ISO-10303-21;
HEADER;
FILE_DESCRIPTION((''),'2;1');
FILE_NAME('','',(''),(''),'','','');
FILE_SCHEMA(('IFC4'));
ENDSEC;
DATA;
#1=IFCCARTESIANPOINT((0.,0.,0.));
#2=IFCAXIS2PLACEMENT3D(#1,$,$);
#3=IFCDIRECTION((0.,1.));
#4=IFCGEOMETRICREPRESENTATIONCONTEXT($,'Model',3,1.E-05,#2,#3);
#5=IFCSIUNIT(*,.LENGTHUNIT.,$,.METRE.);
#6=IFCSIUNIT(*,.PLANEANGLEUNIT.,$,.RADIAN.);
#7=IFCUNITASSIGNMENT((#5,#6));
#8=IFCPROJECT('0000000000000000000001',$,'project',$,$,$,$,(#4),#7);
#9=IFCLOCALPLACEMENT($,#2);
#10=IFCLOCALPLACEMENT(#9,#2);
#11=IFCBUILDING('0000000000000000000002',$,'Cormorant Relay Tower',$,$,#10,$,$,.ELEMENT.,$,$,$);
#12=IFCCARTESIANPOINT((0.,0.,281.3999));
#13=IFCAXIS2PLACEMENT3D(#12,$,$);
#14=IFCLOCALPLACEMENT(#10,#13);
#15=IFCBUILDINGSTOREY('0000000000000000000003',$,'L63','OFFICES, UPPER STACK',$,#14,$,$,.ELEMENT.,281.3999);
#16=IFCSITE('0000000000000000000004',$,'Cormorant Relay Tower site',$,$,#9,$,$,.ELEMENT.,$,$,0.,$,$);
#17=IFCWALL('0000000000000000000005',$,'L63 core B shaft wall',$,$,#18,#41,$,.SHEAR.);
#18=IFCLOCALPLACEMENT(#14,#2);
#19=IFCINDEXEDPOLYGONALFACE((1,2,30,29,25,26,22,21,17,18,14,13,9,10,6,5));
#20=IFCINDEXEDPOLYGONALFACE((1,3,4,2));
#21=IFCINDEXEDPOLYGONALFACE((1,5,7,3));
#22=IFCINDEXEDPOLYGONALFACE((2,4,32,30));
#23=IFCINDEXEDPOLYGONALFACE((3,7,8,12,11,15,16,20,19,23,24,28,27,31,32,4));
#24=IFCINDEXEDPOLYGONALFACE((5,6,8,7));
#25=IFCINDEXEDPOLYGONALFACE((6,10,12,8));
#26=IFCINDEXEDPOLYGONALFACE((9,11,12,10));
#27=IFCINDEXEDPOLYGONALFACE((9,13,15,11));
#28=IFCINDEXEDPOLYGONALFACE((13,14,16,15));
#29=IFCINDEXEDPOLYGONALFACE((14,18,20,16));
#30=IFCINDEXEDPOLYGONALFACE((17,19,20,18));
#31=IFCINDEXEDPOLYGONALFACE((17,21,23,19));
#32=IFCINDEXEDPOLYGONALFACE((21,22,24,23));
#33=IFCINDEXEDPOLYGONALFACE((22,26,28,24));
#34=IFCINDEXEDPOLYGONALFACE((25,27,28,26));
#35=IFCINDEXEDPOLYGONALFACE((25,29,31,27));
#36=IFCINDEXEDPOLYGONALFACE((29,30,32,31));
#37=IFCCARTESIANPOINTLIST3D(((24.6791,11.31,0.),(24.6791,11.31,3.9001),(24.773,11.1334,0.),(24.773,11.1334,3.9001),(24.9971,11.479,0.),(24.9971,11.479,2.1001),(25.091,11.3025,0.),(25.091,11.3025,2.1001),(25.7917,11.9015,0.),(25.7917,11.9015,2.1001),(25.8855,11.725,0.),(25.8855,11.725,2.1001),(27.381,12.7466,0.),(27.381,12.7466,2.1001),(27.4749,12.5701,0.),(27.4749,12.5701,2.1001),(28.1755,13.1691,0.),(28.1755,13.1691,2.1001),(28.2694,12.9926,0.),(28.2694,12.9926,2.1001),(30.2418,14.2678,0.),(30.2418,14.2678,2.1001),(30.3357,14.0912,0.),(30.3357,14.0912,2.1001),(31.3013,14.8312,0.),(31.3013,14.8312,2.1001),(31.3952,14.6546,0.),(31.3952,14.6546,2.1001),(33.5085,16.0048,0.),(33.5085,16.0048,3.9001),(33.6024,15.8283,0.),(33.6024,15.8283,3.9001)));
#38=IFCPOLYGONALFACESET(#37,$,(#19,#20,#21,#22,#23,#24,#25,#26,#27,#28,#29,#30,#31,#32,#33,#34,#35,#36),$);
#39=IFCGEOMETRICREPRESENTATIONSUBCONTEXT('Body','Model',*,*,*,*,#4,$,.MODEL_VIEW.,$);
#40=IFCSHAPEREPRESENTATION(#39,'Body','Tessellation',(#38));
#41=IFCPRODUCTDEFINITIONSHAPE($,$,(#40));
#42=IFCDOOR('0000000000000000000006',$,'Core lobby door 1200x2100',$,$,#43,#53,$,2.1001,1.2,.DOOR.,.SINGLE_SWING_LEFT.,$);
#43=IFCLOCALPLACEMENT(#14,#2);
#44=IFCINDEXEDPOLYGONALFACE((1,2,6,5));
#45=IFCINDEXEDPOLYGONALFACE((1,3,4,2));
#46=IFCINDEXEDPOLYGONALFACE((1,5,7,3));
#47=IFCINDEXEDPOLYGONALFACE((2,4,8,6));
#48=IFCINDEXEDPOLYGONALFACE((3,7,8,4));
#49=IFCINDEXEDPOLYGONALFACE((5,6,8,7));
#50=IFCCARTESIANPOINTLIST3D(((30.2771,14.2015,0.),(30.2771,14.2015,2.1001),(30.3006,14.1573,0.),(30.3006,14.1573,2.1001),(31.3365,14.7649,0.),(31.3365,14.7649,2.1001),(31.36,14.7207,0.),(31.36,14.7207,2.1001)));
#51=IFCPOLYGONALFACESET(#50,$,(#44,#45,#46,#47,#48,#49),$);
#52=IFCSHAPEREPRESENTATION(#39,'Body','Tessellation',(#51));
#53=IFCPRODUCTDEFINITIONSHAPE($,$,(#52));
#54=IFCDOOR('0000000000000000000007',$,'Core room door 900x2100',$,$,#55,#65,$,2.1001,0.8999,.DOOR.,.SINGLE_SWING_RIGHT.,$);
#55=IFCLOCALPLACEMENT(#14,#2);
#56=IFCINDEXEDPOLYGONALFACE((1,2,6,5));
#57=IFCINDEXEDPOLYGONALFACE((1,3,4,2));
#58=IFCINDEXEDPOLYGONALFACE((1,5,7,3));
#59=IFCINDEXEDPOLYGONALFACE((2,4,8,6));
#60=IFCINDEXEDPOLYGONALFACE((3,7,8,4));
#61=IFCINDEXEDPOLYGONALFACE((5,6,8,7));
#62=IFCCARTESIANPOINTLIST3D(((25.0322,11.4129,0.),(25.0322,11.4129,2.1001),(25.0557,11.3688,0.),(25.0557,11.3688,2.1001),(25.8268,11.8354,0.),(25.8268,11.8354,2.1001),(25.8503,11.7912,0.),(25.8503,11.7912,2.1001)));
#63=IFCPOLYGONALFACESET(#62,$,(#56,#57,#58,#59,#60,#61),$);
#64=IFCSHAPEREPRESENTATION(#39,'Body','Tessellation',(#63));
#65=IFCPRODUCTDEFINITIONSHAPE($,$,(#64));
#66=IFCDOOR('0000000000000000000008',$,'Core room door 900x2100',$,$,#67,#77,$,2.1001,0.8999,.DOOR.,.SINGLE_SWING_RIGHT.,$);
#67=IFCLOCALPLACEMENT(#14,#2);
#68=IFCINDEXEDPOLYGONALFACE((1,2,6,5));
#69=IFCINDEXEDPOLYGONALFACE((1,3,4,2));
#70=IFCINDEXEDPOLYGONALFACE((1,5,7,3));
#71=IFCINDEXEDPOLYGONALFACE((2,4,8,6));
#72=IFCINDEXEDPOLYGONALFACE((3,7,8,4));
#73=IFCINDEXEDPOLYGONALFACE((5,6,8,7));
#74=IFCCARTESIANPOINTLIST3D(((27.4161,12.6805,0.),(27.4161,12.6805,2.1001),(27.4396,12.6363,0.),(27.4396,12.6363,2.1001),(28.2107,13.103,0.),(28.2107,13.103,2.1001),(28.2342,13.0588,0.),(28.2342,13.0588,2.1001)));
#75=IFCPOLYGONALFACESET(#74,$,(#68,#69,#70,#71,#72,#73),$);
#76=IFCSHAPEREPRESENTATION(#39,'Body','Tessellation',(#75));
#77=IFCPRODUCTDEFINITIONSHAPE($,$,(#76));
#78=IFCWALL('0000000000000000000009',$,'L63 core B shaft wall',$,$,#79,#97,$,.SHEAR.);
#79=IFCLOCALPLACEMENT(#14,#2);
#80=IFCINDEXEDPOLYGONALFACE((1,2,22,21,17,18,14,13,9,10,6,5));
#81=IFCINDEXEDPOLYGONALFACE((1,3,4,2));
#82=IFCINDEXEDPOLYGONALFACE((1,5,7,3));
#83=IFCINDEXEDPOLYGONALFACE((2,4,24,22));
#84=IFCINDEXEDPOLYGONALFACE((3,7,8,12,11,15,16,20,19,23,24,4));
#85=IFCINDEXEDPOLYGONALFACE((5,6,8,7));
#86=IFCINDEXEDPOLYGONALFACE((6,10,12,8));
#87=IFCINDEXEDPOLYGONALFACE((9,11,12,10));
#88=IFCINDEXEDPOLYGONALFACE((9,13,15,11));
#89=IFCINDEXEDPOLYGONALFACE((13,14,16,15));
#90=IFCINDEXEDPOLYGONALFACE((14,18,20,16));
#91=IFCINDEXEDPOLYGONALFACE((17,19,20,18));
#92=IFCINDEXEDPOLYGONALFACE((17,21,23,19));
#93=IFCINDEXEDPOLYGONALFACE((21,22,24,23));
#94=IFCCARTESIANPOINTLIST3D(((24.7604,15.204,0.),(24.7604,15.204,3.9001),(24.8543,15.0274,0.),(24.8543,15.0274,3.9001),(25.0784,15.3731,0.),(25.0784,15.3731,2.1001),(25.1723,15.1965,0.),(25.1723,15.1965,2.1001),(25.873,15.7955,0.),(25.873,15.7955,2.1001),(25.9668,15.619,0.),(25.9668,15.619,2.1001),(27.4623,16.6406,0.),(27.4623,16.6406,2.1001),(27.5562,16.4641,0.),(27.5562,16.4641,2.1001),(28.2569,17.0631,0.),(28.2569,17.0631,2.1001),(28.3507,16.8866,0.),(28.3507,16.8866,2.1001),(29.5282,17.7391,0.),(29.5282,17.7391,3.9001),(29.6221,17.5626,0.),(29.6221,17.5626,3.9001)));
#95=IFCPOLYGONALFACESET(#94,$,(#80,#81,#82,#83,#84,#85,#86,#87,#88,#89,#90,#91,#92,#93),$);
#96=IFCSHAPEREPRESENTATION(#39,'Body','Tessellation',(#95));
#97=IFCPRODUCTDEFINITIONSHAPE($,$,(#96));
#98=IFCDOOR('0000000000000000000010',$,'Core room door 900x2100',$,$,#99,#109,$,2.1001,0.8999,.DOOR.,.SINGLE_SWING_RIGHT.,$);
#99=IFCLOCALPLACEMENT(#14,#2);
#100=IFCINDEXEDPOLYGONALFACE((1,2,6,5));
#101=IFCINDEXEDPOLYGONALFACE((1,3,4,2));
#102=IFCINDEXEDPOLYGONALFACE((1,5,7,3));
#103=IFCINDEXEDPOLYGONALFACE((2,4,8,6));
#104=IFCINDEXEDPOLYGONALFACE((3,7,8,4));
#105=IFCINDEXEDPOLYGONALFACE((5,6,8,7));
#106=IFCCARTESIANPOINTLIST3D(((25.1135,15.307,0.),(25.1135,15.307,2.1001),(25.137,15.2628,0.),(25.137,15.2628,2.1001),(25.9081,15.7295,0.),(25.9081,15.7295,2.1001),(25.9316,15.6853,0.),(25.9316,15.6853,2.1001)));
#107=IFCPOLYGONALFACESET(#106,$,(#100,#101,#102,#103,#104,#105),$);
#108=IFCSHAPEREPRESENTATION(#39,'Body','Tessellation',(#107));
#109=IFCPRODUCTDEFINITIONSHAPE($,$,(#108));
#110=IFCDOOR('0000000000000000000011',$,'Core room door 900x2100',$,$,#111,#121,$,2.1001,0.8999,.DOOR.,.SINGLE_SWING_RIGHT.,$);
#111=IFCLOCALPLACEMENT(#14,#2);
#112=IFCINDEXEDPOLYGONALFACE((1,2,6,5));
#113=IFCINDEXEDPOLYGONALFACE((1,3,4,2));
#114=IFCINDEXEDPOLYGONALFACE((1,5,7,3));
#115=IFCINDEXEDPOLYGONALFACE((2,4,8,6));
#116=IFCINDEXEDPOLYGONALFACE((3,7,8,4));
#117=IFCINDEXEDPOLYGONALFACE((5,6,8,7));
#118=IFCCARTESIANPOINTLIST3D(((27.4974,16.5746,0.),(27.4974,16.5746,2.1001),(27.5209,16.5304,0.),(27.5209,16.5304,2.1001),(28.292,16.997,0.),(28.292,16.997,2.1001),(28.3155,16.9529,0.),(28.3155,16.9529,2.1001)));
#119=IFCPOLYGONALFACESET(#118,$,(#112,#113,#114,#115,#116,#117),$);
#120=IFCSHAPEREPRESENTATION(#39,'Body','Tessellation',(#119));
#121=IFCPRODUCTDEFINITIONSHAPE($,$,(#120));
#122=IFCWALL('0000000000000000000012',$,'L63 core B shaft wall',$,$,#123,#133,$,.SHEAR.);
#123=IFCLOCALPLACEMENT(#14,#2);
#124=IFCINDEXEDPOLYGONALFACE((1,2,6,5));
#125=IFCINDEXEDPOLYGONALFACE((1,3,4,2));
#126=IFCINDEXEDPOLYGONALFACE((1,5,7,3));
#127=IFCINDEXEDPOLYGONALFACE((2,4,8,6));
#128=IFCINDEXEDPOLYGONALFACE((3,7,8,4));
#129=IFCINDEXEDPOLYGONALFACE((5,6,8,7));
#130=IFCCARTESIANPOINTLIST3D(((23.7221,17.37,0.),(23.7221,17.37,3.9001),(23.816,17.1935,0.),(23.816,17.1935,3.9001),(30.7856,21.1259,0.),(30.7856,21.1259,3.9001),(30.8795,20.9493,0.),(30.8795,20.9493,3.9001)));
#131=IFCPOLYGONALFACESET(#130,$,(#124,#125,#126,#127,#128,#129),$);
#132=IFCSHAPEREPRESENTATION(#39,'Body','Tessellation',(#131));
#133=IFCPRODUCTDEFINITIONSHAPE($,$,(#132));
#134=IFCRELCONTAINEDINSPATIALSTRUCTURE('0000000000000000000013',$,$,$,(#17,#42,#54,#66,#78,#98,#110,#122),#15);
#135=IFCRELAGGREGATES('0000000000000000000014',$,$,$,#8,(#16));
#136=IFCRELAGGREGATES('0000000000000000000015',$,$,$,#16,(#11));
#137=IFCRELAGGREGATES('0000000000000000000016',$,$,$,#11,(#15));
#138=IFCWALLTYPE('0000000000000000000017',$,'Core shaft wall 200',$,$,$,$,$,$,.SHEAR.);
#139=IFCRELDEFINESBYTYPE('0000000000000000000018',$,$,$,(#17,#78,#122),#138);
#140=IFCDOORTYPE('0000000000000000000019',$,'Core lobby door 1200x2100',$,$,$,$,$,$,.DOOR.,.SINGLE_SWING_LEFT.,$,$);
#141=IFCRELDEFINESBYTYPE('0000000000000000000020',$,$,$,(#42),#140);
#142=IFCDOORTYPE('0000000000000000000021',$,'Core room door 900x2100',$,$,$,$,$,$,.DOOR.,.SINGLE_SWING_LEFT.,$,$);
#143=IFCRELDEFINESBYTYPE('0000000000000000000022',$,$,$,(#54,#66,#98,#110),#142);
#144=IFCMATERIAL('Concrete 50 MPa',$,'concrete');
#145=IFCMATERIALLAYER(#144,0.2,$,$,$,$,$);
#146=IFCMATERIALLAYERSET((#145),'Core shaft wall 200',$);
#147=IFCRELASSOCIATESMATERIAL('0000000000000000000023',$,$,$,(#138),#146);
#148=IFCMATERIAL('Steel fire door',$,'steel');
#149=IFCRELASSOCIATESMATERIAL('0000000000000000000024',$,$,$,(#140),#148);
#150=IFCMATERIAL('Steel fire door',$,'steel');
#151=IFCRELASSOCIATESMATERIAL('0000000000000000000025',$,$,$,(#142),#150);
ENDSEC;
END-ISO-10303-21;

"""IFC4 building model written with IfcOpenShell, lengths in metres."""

from ifc_helpers import new_model, si_unit, direction, frame, frame_2d, origin, place, context, subcontext, project, spatial, rectangle, extrude, material, layer, layer_set, type_object, element, fill, save


model = new_model("IFC4")

# Units and contexts
model_context = context("Model", 3, precision=1e-05, world=origin(), true_north=direction((0.0, 1.0)))
body_context = subcontext(model_context, "Body", "Model", "MODEL_VIEW")
ifc_project = project(units=[si_unit("LENGTHUNIT", "METRE"), si_unit("PLANEANGLEUNIT", "RADIAN")], contexts=[model_context])

# Site, building, storey
site_placement = place(None, origin())
site = spatial("IfcSite", under=ifc_project, at=site_placement, Name="Cormorant Relay Tower site", CompositionType="ELEMENT", RefElevation=0.0)
building_placement = place(site_placement, origin())
building = spatial("IfcBuilding", under=site, at=building_placement, Name="Cormorant Relay Tower", CompositionType="ELEMENT")
storey_placement = place(building_placement, frame((0.0, 0.0, 281.3999)))
storey = spatial("IfcBuildingStorey", under=building, at=storey_placement, Name="L63", Description="OFFICES, UPPER STACK", CompositionType="ELEMENT", Elevation=281.3999)

# Shared definitions
ifc_material_1 = material(Name="Concrete 50 MPa", Category="concrete")
ifc_layer_1 = layer(ifc_material_1, 0.2)
ifc_layer_set_1 = layer_set([ifc_layer_1], Name="Core shaft wall 200")
wall_type_1 = type_object("IfcWallType", Name="Core shaft wall 200", PredefinedType="SHEAR", material=ifc_layer_set_1)

# Walls, openings, doors
wall_1_placement = place(storey_placement, frame((24.7261, 11.2217, 0.0), z_axis=(0.0, 0.0, 1.0), x_axis=(0.88294, 0.469485, 0.0)))
wall_1 = element("IfcWall", 1, at=wall_1_placement, inside=storey, type_object=wall_type_1, Name="L63 core B shaft wall", PredefinedType="SHEAR", context=body_context, shape_type="SweptSolid", body=[
    extrude(rectangle(XDim=10.0, YDim=0.2, at=frame_2d((5.0, 0.0))), origin(), (0.0, 0.0, 1.0), 3.9001),
])
opening_1_placement = place(wall_1_placement, frame((6.3, 0.0, 0.0)))
opening_1 = element("IfcOpeningElement", 2, at=opening_1_placement, cuts=wall_1, PredefinedType="OPENING", context=body_context, shape_type="SweptSolid", body=[
    extrude(rectangle(XDim=1.2, YDim=2.1001, at=frame_2d((0.6001, 1.05))), frame((0.0, 0.1099, 0.0), z_axis=(0.0, -1.0, 0.0), x_axis=(1.0, 0.0, 0.0)), (0.0, 0.0, 1.0), 0.22),
])
opening_2_placement = place(wall_1_placement, frame((0.3601, 0.0, 0.0)))
opening_2 = element("IfcOpeningElement", 3, at=opening_2_placement, cuts=wall_1, PredefinedType="OPENING", context=body_context, shape_type="SweptSolid", body=[
    extrude(rectangle(XDim=0.8999, YDim=2.1001, at=frame_2d((0.45, 1.05))), frame((0.0, 0.1099, 0.0), z_axis=(0.0, -1.0, 0.0), x_axis=(1.0, 0.0, 0.0)), (0.0, 0.0, 1.0), 0.22),
])
opening_3_placement = place(wall_1_placement, frame((3.0601, 0.0, 0.0)))
opening_3 = element("IfcOpeningElement", 4, at=opening_3_placement, cuts=wall_1, PredefinedType="OPENING", context=body_context, shape_type="SweptSolid", body=[
    extrude(rectangle(XDim=0.8999, YDim=2.1001, at=frame_2d((0.45, 1.05))), frame((0.0, 0.1099, 0.0), z_axis=(0.0, -1.0, 0.0), x_axis=(1.0, 0.0, 0.0)), (0.0, 0.0, 1.0), 0.22),
])
ifc_material_2 = material(Name="Steel fire door", Category="steel")
door_type_1 = type_object("IfcDoorType", Name="Core lobby door 1200x2100", OperationType="SINGLE_SWING_LEFT", PredefinedType="DOOR", material=ifc_material_2)
door_1_placement = place(opening_1_placement, origin())
door_1 = element("IfcDoor", 5, at=door_1_placement, inside=storey, type_object=door_type_1, Name="Core lobby door 1200x2100", OperationType="SINGLE_SWING_LEFT", OverallHeight=2.1001, OverallWidth=1.2, PredefinedType="DOOR", context=body_context, shape_type="SweptSolid", body=[
    extrude(rectangle(XDim=1.2, YDim=2.1001, at=frame_2d((0.6001, 1.05))), frame((0.0, 0.0249, 0.0), z_axis=(0.0, -1.0, 0.0), x_axis=(1.0, 0.0, 0.0)), (0.0, 0.0, 1.0), 0.05),
])
fill(opening_1, door_1)
ifc_material_3 = material(Name="Steel fire door", Category="steel")
door_type_2 = type_object("IfcDoorType", Name="Core room door 900x2100", OperationType="SINGLE_SWING_LEFT", PredefinedType="DOOR", material=ifc_material_3)
door_2_placement = place(opening_2_placement, frame((0.8999, 0.0, 0.0), z_axis=(0.0, 0.0, 1.0), x_axis=(-1.0, 0.0, 0.0)))
door_2 = element("IfcDoor", 6, at=door_2_placement, inside=storey, type_object=door_type_2, Name="Core room door 900x2100", OperationType="SINGLE_SWING_RIGHT", OverallHeight=2.1001, OverallWidth=0.8999, PredefinedType="DOOR", context=body_context, shape_type="SweptSolid", body=[
    extrude(rectangle(XDim=0.8999, YDim=2.1001, at=frame_2d((0.45, 1.05))), frame((0.0, 0.0249, 0.0), z_axis=(0.0, -1.0, 0.0), x_axis=(1.0, 0.0, 0.0)), (0.0, 0.0, 1.0), 0.05),
])
fill(opening_2, door_2)
door_3_placement = place(opening_3_placement, frame((0.8999, 0.0, 0.0), z_axis=(0.0, 0.0, 1.0), x_axis=(-1.0, 0.0, 0.0)))
door_3 = element("IfcDoor", 7, at=door_3_placement, inside=storey, type_object=door_type_2, Name="Core room door 900x2100", OperationType="SINGLE_SWING_RIGHT", OverallHeight=2.1001, OverallWidth=0.8999, PredefinedType="DOOR", context=body_context, shape_type="SweptSolid", body=[
    extrude(rectangle(XDim=0.8999, YDim=2.1001, at=frame_2d((0.45, 1.05))), frame((0.0, 0.0249, 0.0), z_axis=(0.0, -1.0, 0.0), x_axis=(1.0, 0.0, 0.0)), (0.0, 0.0, 1.0), 0.05),
])
fill(opening_3, door_3)
wall_2_placement = place(storey_placement, frame((24.8074, 15.1157, 0.0), z_axis=(0.0, 0.0, 1.0), x_axis=(0.882943, 0.46948, 0.0)))
wall_2 = element("IfcWall", 8, at=wall_2_placement, inside=storey, type_object=wall_type_1, Name="L63 core B shaft wall", PredefinedType="SHEAR", context=body_context, shape_type="SweptSolid", body=[
    extrude(rectangle(XDim=5.3999, YDim=0.2, at=frame_2d((2.7, 0.0))), origin(), (0.0, 0.0, 1.0), 3.9001),
])
opening_4_placement = place(wall_2_placement, frame((0.3601, 0.0, 0.0)))
opening_4 = element("IfcOpeningElement", 9, at=opening_4_placement, cuts=wall_2, PredefinedType="OPENING", context=body_context, shape_type="SweptSolid", body=[
    extrude(rectangle(XDim=0.8999, YDim=2.1001, at=frame_2d((0.45, 1.05))), frame((0.0, 0.1099, 0.0), z_axis=(0.0, -1.0, 0.0), x_axis=(1.0, 0.0, 0.0)), (0.0, 0.0, 1.0), 0.22),
])
opening_5_placement = place(wall_2_placement, frame((3.0601, 0.0, 0.0)))
opening_5 = element("IfcOpeningElement", 10, at=opening_5_placement, cuts=wall_2, PredefinedType="OPENING", context=body_context, shape_type="SweptSolid", body=[
    extrude(rectangle(XDim=0.8999, YDim=2.1001, at=frame_2d((0.45, 1.05))), frame((0.0, 0.1099, 0.0), z_axis=(0.0, -1.0, 0.0), x_axis=(1.0, 0.0, 0.0)), (0.0, 0.0, 1.0), 0.22),
])
door_4_placement = place(opening_4_placement, frame((0.8999, 0.0, 0.0), z_axis=(0.0, 0.0, 1.0), x_axis=(-1.0, 0.0, 0.0)))
door_4 = element("IfcDoor", 11, at=door_4_placement, inside=storey, type_object=door_type_2, Name="Core room door 900x2100", OperationType="SINGLE_SWING_RIGHT", OverallHeight=2.1001, OverallWidth=0.8999, PredefinedType="DOOR", context=body_context, shape_type="SweptSolid", body=[
    extrude(rectangle(XDim=0.8999, YDim=2.1001, at=frame_2d((0.45, 1.05))), frame((0.0, 0.0249, 0.0), z_axis=(0.0, -1.0, 0.0), x_axis=(1.0, 0.0, 0.0)), (0.0, 0.0, 1.0), 0.05),
])
fill(opening_4, door_4)
door_5_placement = place(opening_5_placement, frame((0.8999, 0.0, 0.0), z_axis=(0.0, 0.0, 1.0), x_axis=(-1.0, 0.0, 0.0)))
door_5 = element("IfcDoor", 12, at=door_5_placement, inside=storey, type_object=door_type_2, Name="Core room door 900x2100", OperationType="SINGLE_SWING_RIGHT", OverallHeight=2.1001, OverallWidth=0.8999, PredefinedType="DOOR", context=body_context, shape_type="SweptSolid", body=[
    extrude(rectangle(XDim=0.8999, YDim=2.1001, at=frame_2d((0.45, 1.05))), frame((0.0, 0.0249, 0.0), z_axis=(0.0, -1.0, 0.0), x_axis=(1.0, 0.0, 0.0)), (0.0, 0.0, 1.0), 0.05),
])
fill(opening_5, door_5)

# Wall
wall_3_placement = place(storey_placement, frame((23.769, 17.2817, 0.0), z_axis=(0.0, 0.0, 1.0), x_axis=(0.88294, 0.469485, 0.0)))
element("IfcWall", 13, at=wall_3_placement, inside=storey, type_object=wall_type_1, Name="L63 core B shaft wall", PredefinedType="SHEAR", context=body_context, shape_type="SweptSolid", body=[
    extrude(rectangle(XDim=8.0, YDim=0.2, at=frame_2d((4.0, 0.0))), origin(), (0.0, 0.0, 1.0), 3.9001),
])

save(model, "model.ifc")
